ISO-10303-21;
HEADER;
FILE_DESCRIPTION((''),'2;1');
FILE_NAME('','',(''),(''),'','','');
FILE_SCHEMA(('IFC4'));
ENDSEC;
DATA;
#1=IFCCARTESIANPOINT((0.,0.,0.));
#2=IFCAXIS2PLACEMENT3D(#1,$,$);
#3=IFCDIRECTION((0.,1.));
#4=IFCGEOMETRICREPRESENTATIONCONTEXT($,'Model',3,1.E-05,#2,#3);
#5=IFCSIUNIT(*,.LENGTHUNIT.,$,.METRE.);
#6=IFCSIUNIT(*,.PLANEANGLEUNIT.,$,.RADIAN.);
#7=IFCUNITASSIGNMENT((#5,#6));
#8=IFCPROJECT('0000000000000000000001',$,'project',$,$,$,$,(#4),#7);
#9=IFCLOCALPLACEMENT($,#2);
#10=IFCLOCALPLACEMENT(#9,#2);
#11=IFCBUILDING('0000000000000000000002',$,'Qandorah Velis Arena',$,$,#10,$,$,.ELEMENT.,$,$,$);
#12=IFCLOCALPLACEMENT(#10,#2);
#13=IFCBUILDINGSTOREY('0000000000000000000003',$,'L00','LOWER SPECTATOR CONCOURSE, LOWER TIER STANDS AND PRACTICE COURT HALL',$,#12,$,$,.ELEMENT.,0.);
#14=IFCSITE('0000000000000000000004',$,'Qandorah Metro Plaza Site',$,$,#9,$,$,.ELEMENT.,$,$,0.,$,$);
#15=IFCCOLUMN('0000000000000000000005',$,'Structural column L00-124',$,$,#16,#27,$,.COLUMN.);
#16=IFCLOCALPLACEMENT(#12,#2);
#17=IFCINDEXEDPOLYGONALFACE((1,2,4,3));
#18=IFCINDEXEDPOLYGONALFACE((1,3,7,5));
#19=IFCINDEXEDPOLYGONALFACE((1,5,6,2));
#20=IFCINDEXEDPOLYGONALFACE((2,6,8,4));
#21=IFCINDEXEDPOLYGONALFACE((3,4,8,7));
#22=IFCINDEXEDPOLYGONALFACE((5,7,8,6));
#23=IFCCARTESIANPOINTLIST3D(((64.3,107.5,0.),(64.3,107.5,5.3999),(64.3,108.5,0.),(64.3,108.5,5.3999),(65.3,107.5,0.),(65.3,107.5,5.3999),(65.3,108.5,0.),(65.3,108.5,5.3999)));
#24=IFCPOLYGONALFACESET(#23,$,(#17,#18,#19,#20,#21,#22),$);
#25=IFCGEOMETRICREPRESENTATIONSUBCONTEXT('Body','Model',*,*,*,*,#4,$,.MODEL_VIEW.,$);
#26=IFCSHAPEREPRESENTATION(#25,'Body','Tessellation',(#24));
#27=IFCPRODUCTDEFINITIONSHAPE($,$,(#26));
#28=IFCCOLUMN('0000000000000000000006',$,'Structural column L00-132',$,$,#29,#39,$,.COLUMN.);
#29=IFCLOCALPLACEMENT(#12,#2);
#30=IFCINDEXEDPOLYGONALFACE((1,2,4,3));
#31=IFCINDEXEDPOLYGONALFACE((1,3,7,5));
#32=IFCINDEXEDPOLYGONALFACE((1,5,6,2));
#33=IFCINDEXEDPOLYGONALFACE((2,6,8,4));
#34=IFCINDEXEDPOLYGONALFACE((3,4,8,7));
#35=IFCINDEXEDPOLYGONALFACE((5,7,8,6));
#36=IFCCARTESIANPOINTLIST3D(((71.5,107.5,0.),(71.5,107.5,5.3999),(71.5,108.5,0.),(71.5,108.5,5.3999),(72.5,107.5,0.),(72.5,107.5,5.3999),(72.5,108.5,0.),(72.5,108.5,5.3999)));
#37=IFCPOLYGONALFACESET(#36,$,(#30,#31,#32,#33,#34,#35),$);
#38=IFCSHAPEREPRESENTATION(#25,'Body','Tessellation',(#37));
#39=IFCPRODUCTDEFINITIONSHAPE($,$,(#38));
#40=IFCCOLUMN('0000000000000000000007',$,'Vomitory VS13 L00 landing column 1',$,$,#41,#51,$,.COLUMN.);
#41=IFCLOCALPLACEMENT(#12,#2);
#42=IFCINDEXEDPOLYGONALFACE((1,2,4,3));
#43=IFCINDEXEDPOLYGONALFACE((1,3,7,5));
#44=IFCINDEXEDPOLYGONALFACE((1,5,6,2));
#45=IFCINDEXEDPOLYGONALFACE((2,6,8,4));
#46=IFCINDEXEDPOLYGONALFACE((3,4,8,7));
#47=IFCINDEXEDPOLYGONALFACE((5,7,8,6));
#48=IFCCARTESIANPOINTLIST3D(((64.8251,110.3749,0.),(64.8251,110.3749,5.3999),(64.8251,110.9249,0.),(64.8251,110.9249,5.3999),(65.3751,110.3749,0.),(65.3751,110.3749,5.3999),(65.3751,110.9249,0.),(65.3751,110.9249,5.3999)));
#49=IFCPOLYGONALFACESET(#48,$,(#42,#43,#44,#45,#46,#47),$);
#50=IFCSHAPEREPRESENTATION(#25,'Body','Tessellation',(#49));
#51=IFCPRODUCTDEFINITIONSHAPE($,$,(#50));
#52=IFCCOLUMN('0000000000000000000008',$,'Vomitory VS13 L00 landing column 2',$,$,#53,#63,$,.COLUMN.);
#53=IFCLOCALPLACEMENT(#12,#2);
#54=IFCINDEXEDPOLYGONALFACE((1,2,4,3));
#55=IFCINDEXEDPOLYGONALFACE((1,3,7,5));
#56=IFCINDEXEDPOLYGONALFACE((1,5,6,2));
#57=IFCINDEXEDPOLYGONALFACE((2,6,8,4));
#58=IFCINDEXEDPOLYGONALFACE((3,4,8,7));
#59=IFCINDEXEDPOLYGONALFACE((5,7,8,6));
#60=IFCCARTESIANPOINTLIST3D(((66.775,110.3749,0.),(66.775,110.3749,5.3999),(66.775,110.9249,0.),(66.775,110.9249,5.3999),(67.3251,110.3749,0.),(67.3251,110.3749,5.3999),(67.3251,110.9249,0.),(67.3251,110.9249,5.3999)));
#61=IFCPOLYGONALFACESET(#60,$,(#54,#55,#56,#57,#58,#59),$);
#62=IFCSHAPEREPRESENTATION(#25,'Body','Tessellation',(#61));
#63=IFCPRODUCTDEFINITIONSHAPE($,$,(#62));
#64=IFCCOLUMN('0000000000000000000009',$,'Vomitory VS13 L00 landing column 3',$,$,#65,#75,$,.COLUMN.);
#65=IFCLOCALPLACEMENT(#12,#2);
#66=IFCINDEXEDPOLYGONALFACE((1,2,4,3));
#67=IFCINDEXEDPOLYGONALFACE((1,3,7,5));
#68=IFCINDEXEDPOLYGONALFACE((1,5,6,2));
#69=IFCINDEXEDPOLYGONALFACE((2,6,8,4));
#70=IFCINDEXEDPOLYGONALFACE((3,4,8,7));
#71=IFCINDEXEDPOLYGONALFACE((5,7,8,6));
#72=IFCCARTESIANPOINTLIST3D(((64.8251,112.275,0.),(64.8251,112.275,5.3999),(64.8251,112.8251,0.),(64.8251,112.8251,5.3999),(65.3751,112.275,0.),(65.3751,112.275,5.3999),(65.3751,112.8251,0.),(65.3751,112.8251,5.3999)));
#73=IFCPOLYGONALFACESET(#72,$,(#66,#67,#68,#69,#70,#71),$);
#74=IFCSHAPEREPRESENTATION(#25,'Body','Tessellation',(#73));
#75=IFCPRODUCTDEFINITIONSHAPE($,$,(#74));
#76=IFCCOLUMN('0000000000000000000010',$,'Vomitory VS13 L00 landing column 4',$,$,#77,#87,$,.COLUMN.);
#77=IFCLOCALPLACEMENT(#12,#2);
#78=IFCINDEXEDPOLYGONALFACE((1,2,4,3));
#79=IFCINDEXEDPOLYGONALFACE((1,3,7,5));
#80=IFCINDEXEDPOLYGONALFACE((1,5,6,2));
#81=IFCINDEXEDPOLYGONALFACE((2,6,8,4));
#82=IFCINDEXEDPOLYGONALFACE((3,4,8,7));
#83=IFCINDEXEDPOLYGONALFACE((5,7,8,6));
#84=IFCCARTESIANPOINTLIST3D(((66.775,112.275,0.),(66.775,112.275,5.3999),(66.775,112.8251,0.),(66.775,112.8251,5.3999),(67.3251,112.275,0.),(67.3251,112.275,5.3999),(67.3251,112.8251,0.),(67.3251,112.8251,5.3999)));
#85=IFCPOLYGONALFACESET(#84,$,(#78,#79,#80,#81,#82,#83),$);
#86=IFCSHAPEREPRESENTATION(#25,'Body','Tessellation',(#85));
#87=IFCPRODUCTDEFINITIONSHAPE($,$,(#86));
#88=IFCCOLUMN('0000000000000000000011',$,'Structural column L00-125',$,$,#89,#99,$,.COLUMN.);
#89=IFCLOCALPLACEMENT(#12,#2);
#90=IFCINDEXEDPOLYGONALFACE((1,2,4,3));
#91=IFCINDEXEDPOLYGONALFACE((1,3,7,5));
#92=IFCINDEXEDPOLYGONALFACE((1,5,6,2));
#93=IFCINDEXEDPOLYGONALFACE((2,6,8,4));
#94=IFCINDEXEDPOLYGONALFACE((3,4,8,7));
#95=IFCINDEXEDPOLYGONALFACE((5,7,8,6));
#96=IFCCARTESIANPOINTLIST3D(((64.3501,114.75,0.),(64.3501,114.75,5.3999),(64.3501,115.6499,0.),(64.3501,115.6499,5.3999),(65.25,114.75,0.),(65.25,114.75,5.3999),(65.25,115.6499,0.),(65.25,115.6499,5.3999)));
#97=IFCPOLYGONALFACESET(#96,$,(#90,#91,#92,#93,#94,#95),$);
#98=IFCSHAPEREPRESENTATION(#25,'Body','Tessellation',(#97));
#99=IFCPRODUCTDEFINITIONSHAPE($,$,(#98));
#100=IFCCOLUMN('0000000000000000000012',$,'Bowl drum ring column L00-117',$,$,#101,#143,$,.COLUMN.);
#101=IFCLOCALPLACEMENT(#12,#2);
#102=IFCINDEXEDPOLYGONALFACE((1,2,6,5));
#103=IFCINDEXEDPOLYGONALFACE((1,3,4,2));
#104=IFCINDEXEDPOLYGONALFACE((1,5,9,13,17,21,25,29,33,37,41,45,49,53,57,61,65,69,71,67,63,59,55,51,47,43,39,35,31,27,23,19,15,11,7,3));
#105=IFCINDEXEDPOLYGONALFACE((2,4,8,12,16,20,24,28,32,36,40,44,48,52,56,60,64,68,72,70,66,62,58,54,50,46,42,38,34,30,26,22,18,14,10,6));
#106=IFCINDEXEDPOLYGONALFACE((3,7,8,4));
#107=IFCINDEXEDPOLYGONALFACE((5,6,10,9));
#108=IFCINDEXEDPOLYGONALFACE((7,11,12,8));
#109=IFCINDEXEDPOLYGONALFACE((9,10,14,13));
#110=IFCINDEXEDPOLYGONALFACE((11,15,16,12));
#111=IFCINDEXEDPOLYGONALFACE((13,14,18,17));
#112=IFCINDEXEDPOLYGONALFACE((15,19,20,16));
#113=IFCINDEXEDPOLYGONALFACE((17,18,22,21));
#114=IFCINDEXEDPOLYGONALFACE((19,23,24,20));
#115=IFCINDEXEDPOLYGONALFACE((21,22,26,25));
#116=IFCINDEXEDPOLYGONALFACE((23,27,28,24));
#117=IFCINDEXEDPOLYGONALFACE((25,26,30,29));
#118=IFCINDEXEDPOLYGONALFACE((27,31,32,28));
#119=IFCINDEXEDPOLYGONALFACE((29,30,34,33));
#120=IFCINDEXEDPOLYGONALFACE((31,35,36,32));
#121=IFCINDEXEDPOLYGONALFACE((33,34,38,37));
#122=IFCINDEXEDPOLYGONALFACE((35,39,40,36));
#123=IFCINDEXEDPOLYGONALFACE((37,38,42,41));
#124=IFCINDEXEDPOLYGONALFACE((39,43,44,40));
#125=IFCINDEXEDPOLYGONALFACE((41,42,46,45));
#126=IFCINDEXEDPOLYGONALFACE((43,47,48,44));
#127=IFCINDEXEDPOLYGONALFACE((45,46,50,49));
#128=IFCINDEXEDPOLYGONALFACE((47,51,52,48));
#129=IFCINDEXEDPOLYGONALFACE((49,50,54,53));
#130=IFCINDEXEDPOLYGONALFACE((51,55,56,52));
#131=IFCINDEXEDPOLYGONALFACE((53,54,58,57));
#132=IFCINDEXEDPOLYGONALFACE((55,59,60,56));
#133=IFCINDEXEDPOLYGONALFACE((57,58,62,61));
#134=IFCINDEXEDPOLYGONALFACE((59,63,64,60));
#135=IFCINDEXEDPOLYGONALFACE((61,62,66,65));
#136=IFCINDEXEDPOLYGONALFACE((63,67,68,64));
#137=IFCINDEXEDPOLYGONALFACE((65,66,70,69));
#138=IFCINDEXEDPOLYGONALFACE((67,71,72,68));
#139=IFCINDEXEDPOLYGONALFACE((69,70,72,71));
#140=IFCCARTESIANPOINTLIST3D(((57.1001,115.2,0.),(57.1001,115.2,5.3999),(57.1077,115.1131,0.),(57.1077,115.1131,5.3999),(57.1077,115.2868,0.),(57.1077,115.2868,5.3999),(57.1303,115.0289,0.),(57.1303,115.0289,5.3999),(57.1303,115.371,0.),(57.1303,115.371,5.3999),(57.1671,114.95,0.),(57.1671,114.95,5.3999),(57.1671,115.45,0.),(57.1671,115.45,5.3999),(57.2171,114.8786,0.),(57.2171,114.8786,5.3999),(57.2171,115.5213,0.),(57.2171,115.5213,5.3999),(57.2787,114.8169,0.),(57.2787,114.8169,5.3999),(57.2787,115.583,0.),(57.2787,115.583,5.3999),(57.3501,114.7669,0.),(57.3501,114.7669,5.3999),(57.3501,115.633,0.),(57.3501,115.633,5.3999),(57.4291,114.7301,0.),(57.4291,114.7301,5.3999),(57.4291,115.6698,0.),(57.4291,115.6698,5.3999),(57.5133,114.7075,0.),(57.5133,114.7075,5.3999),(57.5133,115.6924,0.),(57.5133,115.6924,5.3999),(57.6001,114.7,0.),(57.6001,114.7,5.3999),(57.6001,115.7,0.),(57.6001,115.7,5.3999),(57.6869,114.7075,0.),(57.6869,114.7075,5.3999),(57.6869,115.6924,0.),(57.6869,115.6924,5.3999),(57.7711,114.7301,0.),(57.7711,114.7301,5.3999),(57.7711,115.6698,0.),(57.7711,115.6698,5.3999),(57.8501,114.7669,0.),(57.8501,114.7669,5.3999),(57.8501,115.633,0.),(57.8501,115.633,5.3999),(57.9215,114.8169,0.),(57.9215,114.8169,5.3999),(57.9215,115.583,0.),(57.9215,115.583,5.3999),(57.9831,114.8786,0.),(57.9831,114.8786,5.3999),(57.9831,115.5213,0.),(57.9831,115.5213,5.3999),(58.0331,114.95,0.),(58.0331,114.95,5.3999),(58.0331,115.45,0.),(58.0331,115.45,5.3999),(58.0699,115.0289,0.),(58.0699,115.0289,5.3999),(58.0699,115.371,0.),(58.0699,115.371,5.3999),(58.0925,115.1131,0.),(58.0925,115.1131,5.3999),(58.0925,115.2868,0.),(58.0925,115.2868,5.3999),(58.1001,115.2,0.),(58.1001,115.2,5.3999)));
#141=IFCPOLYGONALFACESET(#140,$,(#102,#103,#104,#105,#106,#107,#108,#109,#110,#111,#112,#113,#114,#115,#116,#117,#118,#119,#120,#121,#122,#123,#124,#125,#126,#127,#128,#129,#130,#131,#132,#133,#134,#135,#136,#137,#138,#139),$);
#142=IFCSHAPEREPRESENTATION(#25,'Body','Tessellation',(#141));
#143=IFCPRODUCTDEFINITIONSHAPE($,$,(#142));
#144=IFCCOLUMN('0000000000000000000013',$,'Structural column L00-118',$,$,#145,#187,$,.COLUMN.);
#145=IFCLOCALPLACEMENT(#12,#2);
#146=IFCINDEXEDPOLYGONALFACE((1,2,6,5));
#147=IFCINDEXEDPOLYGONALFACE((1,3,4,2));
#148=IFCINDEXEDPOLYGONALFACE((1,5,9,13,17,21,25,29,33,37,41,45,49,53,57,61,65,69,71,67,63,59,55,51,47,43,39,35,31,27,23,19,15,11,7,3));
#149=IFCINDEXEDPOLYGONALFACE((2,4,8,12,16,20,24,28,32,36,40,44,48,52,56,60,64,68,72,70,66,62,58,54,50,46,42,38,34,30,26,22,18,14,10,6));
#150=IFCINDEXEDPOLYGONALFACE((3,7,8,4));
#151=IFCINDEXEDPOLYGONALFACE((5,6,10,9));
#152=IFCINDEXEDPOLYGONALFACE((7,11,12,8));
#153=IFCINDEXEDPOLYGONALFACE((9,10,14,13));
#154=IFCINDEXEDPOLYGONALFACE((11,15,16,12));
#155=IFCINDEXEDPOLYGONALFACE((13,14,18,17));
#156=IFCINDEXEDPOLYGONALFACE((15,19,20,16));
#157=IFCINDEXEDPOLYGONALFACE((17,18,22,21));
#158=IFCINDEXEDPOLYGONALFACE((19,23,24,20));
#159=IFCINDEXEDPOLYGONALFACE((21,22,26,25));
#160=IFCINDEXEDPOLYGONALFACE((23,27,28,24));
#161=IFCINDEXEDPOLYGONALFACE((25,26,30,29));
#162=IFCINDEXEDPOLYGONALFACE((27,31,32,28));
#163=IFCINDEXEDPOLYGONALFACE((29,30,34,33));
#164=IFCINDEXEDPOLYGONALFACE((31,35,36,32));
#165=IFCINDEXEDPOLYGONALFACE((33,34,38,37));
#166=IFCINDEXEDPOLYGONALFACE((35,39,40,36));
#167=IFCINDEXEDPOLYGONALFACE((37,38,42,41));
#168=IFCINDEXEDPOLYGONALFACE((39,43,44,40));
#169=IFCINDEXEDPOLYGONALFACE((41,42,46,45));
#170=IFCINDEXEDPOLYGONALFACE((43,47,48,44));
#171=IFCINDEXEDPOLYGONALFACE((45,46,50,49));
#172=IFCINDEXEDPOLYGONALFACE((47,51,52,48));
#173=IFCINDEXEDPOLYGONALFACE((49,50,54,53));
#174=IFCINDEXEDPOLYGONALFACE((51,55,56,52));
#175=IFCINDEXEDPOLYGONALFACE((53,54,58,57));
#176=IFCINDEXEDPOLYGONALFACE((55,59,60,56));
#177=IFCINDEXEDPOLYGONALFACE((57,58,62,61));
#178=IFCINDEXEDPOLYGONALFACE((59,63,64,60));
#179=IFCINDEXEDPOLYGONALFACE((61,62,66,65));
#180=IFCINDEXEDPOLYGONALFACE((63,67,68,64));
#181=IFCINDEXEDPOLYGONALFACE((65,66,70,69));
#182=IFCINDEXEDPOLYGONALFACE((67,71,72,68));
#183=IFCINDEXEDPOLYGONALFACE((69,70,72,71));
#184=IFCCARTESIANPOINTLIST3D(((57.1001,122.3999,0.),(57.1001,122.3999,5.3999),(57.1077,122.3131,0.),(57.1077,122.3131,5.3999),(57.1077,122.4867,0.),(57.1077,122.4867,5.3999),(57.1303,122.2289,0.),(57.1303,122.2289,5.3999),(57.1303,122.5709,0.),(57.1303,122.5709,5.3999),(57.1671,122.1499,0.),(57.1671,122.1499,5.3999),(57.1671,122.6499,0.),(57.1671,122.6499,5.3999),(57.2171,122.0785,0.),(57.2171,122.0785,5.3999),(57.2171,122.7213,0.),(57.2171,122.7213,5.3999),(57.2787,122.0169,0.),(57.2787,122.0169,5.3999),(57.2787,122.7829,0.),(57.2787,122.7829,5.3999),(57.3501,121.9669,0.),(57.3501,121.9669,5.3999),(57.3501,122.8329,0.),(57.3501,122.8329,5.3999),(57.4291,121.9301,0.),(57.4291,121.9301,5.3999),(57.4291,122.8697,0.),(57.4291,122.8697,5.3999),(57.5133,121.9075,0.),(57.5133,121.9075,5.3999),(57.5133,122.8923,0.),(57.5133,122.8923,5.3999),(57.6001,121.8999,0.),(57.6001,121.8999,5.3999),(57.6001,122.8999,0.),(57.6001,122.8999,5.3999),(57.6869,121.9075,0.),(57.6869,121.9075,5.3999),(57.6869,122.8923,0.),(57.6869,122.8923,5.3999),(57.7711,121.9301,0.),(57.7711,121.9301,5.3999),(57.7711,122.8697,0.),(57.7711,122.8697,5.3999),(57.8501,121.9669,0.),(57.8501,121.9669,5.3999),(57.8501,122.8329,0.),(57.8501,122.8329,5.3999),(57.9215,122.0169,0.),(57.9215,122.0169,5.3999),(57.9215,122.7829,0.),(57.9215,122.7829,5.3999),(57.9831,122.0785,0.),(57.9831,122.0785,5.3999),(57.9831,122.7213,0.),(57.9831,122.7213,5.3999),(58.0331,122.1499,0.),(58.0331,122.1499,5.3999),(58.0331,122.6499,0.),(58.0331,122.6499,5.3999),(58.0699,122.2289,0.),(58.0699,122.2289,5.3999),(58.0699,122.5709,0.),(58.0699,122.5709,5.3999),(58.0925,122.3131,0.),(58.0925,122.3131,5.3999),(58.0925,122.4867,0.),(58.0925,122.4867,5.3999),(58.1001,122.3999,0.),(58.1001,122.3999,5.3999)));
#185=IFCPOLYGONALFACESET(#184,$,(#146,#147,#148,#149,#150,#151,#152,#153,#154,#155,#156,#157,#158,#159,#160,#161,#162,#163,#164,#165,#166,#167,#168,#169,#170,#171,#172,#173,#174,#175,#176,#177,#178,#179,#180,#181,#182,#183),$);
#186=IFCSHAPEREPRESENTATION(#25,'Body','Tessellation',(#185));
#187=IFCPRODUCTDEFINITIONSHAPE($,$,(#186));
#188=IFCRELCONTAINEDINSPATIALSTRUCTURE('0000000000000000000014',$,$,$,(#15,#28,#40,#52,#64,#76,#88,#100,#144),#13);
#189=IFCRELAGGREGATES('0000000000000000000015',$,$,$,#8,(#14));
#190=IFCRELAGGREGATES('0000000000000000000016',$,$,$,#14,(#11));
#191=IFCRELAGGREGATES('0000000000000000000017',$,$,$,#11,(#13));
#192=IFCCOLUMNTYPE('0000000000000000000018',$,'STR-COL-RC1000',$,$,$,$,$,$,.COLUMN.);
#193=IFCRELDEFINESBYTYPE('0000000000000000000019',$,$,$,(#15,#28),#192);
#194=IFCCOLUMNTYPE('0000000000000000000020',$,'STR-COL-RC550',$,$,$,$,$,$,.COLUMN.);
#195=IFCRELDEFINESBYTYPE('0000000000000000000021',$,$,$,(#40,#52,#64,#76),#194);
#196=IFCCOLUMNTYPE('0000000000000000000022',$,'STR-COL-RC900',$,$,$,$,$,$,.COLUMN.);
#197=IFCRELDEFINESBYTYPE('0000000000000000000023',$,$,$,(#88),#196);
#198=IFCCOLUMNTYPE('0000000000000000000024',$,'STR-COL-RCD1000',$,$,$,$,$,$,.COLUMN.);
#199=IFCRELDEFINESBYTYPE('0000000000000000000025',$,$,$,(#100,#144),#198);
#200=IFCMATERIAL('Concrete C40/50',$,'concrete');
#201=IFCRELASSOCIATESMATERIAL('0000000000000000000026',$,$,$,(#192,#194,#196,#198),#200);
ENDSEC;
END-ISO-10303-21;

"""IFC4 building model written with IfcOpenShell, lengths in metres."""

from ifc_helpers import new_model, si_unit, direction, frame, origin, origin_2d, place, context, subcontext, project, spatial, rectangle, circle, extrude, material, material_profile, profile_set, type_object, element, save


model = new_model("IFC4")

# Units and contexts
model_context = context("Model", 3, precision=1e-05, world=origin(), true_north=direction((0.0, 1.0)))
body_context = subcontext(model_context, "Body", "Model", "MODEL_VIEW")
ifc_project = project(units=[si_unit("LENGTHUNIT", "METRE"), si_unit("PLANEANGLEUNIT", "RADIAN")], contexts=[model_context])

# Site, building, storey
site_placement = place(None, origin())
site = spatial("IfcSite", under=ifc_project, at=site_placement, Name="Qandorah Metro Plaza Site", CompositionType="ELEMENT", RefElevation=0.0)
building_placement = place(site_placement, origin())
building = spatial("IfcBuilding", under=site, at=building_placement, Name="Qandorah Velis Arena", CompositionType="ELEMENT")
storey_placement = place(building_placement, origin())
storey = spatial("IfcBuildingStorey", under=building, at=storey_placement, Name="L00", Description="LOWER SPECTATOR CONCOURSE, LOWER TIER STANDS AND PRACTICE COURT HALL", CompositionType="ELEMENT", Elevation=0.0)

# Columns
ifc_material_1 = material(Name="Concrete C40/50", Category="concrete")
ifc_material_profile_1 = material_profile(ifc_material_1, rectangle(XDim=1.0, YDim=1.0, at=origin_2d()), Name="RC COL 1000x1000")
ifc_profile_set_1 = profile_set([ifc_material_profile_1], Name="Concrete C40/50")
column_type_1 = type_object("IfcColumnType", Name="STR-COL-RC1000", PredefinedType="COLUMN", material=ifc_profile_set_1)
for number, where, z_axis, x_axis, name in (
    (1, (64.8, 108.0, 0.0), (0.0, 0.0, 1.0), (1.0, 0.0, 0.0), "Structural column L00-124"),
    (2, (72.0, 108.0, 0.0), (0.0, 0.0, 1.0), (1.0, 0.0, 0.0), "Structural column L00-132"),
):
    element("IfcColumn", number, at=place(storey_placement, frame(where, z_axis=z_axis, x_axis=x_axis)), inside=storey, type_object=column_type_1, Name=name, PredefinedType="COLUMN", context=body_context, shape_type="SweptSolid", body=[
        extrude(rectangle(XDim=1.0, YDim=1.0, at=origin_2d()), origin(), (0.0, 0.0, 1.0), 5.3999),
    ])
ifc_material_profile_2 = material_profile(ifc_material_1, rectangle(XDim=0.55, YDim=0.55, at=origin_2d()), Name="RC COL 550x550")
ifc_profile_set_2 = profile_set([ifc_material_profile_2], Name="Concrete C40/50")
column_type_2 = type_object("IfcColumnType", Name="STR-COL-RC550", PredefinedType="COLUMN", material=ifc_profile_set_2)
for number, where, z_axis, x_axis, name in (
    (3, (65.1001, 110.6499, 0.0), (0.0, 0.0, 1.0), (1.0, 0.0, 0.0), "Vomitory VS13 L00 landing column 1"),
    (4, (67.05, 110.6499, 0.0), (0.0, 0.0, 1.0), (1.0, 0.0, 0.0), "Vomitory VS13 L00 landing column 2"),
    (5, (65.1001, 112.55, 0.0), (0.0, 0.0, 1.0), (1.0, 0.0, 0.0), "Vomitory VS13 L00 landing column 3"),
    (6, (67.05, 112.55, 0.0), (0.0, 0.0, 1.0), (1.0, 0.0, 0.0), "Vomitory VS13 L00 landing column 4"),
):
    element("IfcColumn", number, at=place(storey_placement, frame(where, z_axis=z_axis, x_axis=x_axis)), inside=storey, type_object=column_type_2, Name=name, PredefinedType="COLUMN", context=body_context, shape_type="SweptSolid", body=[
        extrude(rectangle(XDim=0.55, YDim=0.55, at=origin_2d()), origin(), (0.0, 0.0, 1.0), 5.3999),
    ])
ifc_material_profile_3 = material_profile(ifc_material_1, rectangle(XDim=0.8999, YDim=0.8999, at=origin_2d()), Name="RC COL 900x900")
ifc_profile_set_3 = profile_set([ifc_material_profile_3], Name="Concrete C40/50")
column_type_3 = type_object("IfcColumnType", Name="STR-COL-RC900", PredefinedType="COLUMN", material=ifc_profile_set_3)
column_placement = place(storey_placement, frame((64.8, 115.2, 0.0), z_axis=(0.0, 0.0, 1.0), x_axis=(1.0, 0.0, 0.0)))
element("IfcColumn", 7, at=column_placement, inside=storey, type_object=column_type_3, Name="Structural column L00-125", PredefinedType="COLUMN", context=body_context, shape_type="SweptSolid", body=[
    extrude(rectangle(XDim=0.8999, YDim=0.8999, at=origin_2d()), origin(), (0.0, 0.0, 1.0), 5.3999),
])
ifc_material_profile_4 = material_profile(ifc_material_1, circle(Radius=0.5, at=origin_2d()), Name="RC D1000")
ifc_profile_set_4 = profile_set([ifc_material_profile_4], Name="Concrete C40/50")
column_type_4 = type_object("IfcColumnType", Name="STR-COL-RCD1000", PredefinedType="COLUMN", material=ifc_profile_set_4)
for number, where, z_axis, x_axis, name in (
    (8, (57.6001, 115.2, 0.0), (0.0, 0.0, 1.0), (1.0, 0.0, 0.0), "Bowl drum ring column L00-117"),
    (9, (57.6001, 122.3999, 0.0), (0.0, 0.0, 1.0), (1.0, 0.0, 0.0), "Structural column L00-118"),
):
    element("IfcColumn", number, at=place(storey_placement, frame(where, z_axis=z_axis, x_axis=x_axis)), inside=storey, type_object=column_type_4, Name=name, PredefinedType="COLUMN", context=body_context, shape_type="SweptSolid", body=[
        extrude(circle(Radius=0.5, at=origin_2d()), origin(), (0.0, 0.0, 1.0), 5.3999),
    ])

save(model, "model.ifc")
